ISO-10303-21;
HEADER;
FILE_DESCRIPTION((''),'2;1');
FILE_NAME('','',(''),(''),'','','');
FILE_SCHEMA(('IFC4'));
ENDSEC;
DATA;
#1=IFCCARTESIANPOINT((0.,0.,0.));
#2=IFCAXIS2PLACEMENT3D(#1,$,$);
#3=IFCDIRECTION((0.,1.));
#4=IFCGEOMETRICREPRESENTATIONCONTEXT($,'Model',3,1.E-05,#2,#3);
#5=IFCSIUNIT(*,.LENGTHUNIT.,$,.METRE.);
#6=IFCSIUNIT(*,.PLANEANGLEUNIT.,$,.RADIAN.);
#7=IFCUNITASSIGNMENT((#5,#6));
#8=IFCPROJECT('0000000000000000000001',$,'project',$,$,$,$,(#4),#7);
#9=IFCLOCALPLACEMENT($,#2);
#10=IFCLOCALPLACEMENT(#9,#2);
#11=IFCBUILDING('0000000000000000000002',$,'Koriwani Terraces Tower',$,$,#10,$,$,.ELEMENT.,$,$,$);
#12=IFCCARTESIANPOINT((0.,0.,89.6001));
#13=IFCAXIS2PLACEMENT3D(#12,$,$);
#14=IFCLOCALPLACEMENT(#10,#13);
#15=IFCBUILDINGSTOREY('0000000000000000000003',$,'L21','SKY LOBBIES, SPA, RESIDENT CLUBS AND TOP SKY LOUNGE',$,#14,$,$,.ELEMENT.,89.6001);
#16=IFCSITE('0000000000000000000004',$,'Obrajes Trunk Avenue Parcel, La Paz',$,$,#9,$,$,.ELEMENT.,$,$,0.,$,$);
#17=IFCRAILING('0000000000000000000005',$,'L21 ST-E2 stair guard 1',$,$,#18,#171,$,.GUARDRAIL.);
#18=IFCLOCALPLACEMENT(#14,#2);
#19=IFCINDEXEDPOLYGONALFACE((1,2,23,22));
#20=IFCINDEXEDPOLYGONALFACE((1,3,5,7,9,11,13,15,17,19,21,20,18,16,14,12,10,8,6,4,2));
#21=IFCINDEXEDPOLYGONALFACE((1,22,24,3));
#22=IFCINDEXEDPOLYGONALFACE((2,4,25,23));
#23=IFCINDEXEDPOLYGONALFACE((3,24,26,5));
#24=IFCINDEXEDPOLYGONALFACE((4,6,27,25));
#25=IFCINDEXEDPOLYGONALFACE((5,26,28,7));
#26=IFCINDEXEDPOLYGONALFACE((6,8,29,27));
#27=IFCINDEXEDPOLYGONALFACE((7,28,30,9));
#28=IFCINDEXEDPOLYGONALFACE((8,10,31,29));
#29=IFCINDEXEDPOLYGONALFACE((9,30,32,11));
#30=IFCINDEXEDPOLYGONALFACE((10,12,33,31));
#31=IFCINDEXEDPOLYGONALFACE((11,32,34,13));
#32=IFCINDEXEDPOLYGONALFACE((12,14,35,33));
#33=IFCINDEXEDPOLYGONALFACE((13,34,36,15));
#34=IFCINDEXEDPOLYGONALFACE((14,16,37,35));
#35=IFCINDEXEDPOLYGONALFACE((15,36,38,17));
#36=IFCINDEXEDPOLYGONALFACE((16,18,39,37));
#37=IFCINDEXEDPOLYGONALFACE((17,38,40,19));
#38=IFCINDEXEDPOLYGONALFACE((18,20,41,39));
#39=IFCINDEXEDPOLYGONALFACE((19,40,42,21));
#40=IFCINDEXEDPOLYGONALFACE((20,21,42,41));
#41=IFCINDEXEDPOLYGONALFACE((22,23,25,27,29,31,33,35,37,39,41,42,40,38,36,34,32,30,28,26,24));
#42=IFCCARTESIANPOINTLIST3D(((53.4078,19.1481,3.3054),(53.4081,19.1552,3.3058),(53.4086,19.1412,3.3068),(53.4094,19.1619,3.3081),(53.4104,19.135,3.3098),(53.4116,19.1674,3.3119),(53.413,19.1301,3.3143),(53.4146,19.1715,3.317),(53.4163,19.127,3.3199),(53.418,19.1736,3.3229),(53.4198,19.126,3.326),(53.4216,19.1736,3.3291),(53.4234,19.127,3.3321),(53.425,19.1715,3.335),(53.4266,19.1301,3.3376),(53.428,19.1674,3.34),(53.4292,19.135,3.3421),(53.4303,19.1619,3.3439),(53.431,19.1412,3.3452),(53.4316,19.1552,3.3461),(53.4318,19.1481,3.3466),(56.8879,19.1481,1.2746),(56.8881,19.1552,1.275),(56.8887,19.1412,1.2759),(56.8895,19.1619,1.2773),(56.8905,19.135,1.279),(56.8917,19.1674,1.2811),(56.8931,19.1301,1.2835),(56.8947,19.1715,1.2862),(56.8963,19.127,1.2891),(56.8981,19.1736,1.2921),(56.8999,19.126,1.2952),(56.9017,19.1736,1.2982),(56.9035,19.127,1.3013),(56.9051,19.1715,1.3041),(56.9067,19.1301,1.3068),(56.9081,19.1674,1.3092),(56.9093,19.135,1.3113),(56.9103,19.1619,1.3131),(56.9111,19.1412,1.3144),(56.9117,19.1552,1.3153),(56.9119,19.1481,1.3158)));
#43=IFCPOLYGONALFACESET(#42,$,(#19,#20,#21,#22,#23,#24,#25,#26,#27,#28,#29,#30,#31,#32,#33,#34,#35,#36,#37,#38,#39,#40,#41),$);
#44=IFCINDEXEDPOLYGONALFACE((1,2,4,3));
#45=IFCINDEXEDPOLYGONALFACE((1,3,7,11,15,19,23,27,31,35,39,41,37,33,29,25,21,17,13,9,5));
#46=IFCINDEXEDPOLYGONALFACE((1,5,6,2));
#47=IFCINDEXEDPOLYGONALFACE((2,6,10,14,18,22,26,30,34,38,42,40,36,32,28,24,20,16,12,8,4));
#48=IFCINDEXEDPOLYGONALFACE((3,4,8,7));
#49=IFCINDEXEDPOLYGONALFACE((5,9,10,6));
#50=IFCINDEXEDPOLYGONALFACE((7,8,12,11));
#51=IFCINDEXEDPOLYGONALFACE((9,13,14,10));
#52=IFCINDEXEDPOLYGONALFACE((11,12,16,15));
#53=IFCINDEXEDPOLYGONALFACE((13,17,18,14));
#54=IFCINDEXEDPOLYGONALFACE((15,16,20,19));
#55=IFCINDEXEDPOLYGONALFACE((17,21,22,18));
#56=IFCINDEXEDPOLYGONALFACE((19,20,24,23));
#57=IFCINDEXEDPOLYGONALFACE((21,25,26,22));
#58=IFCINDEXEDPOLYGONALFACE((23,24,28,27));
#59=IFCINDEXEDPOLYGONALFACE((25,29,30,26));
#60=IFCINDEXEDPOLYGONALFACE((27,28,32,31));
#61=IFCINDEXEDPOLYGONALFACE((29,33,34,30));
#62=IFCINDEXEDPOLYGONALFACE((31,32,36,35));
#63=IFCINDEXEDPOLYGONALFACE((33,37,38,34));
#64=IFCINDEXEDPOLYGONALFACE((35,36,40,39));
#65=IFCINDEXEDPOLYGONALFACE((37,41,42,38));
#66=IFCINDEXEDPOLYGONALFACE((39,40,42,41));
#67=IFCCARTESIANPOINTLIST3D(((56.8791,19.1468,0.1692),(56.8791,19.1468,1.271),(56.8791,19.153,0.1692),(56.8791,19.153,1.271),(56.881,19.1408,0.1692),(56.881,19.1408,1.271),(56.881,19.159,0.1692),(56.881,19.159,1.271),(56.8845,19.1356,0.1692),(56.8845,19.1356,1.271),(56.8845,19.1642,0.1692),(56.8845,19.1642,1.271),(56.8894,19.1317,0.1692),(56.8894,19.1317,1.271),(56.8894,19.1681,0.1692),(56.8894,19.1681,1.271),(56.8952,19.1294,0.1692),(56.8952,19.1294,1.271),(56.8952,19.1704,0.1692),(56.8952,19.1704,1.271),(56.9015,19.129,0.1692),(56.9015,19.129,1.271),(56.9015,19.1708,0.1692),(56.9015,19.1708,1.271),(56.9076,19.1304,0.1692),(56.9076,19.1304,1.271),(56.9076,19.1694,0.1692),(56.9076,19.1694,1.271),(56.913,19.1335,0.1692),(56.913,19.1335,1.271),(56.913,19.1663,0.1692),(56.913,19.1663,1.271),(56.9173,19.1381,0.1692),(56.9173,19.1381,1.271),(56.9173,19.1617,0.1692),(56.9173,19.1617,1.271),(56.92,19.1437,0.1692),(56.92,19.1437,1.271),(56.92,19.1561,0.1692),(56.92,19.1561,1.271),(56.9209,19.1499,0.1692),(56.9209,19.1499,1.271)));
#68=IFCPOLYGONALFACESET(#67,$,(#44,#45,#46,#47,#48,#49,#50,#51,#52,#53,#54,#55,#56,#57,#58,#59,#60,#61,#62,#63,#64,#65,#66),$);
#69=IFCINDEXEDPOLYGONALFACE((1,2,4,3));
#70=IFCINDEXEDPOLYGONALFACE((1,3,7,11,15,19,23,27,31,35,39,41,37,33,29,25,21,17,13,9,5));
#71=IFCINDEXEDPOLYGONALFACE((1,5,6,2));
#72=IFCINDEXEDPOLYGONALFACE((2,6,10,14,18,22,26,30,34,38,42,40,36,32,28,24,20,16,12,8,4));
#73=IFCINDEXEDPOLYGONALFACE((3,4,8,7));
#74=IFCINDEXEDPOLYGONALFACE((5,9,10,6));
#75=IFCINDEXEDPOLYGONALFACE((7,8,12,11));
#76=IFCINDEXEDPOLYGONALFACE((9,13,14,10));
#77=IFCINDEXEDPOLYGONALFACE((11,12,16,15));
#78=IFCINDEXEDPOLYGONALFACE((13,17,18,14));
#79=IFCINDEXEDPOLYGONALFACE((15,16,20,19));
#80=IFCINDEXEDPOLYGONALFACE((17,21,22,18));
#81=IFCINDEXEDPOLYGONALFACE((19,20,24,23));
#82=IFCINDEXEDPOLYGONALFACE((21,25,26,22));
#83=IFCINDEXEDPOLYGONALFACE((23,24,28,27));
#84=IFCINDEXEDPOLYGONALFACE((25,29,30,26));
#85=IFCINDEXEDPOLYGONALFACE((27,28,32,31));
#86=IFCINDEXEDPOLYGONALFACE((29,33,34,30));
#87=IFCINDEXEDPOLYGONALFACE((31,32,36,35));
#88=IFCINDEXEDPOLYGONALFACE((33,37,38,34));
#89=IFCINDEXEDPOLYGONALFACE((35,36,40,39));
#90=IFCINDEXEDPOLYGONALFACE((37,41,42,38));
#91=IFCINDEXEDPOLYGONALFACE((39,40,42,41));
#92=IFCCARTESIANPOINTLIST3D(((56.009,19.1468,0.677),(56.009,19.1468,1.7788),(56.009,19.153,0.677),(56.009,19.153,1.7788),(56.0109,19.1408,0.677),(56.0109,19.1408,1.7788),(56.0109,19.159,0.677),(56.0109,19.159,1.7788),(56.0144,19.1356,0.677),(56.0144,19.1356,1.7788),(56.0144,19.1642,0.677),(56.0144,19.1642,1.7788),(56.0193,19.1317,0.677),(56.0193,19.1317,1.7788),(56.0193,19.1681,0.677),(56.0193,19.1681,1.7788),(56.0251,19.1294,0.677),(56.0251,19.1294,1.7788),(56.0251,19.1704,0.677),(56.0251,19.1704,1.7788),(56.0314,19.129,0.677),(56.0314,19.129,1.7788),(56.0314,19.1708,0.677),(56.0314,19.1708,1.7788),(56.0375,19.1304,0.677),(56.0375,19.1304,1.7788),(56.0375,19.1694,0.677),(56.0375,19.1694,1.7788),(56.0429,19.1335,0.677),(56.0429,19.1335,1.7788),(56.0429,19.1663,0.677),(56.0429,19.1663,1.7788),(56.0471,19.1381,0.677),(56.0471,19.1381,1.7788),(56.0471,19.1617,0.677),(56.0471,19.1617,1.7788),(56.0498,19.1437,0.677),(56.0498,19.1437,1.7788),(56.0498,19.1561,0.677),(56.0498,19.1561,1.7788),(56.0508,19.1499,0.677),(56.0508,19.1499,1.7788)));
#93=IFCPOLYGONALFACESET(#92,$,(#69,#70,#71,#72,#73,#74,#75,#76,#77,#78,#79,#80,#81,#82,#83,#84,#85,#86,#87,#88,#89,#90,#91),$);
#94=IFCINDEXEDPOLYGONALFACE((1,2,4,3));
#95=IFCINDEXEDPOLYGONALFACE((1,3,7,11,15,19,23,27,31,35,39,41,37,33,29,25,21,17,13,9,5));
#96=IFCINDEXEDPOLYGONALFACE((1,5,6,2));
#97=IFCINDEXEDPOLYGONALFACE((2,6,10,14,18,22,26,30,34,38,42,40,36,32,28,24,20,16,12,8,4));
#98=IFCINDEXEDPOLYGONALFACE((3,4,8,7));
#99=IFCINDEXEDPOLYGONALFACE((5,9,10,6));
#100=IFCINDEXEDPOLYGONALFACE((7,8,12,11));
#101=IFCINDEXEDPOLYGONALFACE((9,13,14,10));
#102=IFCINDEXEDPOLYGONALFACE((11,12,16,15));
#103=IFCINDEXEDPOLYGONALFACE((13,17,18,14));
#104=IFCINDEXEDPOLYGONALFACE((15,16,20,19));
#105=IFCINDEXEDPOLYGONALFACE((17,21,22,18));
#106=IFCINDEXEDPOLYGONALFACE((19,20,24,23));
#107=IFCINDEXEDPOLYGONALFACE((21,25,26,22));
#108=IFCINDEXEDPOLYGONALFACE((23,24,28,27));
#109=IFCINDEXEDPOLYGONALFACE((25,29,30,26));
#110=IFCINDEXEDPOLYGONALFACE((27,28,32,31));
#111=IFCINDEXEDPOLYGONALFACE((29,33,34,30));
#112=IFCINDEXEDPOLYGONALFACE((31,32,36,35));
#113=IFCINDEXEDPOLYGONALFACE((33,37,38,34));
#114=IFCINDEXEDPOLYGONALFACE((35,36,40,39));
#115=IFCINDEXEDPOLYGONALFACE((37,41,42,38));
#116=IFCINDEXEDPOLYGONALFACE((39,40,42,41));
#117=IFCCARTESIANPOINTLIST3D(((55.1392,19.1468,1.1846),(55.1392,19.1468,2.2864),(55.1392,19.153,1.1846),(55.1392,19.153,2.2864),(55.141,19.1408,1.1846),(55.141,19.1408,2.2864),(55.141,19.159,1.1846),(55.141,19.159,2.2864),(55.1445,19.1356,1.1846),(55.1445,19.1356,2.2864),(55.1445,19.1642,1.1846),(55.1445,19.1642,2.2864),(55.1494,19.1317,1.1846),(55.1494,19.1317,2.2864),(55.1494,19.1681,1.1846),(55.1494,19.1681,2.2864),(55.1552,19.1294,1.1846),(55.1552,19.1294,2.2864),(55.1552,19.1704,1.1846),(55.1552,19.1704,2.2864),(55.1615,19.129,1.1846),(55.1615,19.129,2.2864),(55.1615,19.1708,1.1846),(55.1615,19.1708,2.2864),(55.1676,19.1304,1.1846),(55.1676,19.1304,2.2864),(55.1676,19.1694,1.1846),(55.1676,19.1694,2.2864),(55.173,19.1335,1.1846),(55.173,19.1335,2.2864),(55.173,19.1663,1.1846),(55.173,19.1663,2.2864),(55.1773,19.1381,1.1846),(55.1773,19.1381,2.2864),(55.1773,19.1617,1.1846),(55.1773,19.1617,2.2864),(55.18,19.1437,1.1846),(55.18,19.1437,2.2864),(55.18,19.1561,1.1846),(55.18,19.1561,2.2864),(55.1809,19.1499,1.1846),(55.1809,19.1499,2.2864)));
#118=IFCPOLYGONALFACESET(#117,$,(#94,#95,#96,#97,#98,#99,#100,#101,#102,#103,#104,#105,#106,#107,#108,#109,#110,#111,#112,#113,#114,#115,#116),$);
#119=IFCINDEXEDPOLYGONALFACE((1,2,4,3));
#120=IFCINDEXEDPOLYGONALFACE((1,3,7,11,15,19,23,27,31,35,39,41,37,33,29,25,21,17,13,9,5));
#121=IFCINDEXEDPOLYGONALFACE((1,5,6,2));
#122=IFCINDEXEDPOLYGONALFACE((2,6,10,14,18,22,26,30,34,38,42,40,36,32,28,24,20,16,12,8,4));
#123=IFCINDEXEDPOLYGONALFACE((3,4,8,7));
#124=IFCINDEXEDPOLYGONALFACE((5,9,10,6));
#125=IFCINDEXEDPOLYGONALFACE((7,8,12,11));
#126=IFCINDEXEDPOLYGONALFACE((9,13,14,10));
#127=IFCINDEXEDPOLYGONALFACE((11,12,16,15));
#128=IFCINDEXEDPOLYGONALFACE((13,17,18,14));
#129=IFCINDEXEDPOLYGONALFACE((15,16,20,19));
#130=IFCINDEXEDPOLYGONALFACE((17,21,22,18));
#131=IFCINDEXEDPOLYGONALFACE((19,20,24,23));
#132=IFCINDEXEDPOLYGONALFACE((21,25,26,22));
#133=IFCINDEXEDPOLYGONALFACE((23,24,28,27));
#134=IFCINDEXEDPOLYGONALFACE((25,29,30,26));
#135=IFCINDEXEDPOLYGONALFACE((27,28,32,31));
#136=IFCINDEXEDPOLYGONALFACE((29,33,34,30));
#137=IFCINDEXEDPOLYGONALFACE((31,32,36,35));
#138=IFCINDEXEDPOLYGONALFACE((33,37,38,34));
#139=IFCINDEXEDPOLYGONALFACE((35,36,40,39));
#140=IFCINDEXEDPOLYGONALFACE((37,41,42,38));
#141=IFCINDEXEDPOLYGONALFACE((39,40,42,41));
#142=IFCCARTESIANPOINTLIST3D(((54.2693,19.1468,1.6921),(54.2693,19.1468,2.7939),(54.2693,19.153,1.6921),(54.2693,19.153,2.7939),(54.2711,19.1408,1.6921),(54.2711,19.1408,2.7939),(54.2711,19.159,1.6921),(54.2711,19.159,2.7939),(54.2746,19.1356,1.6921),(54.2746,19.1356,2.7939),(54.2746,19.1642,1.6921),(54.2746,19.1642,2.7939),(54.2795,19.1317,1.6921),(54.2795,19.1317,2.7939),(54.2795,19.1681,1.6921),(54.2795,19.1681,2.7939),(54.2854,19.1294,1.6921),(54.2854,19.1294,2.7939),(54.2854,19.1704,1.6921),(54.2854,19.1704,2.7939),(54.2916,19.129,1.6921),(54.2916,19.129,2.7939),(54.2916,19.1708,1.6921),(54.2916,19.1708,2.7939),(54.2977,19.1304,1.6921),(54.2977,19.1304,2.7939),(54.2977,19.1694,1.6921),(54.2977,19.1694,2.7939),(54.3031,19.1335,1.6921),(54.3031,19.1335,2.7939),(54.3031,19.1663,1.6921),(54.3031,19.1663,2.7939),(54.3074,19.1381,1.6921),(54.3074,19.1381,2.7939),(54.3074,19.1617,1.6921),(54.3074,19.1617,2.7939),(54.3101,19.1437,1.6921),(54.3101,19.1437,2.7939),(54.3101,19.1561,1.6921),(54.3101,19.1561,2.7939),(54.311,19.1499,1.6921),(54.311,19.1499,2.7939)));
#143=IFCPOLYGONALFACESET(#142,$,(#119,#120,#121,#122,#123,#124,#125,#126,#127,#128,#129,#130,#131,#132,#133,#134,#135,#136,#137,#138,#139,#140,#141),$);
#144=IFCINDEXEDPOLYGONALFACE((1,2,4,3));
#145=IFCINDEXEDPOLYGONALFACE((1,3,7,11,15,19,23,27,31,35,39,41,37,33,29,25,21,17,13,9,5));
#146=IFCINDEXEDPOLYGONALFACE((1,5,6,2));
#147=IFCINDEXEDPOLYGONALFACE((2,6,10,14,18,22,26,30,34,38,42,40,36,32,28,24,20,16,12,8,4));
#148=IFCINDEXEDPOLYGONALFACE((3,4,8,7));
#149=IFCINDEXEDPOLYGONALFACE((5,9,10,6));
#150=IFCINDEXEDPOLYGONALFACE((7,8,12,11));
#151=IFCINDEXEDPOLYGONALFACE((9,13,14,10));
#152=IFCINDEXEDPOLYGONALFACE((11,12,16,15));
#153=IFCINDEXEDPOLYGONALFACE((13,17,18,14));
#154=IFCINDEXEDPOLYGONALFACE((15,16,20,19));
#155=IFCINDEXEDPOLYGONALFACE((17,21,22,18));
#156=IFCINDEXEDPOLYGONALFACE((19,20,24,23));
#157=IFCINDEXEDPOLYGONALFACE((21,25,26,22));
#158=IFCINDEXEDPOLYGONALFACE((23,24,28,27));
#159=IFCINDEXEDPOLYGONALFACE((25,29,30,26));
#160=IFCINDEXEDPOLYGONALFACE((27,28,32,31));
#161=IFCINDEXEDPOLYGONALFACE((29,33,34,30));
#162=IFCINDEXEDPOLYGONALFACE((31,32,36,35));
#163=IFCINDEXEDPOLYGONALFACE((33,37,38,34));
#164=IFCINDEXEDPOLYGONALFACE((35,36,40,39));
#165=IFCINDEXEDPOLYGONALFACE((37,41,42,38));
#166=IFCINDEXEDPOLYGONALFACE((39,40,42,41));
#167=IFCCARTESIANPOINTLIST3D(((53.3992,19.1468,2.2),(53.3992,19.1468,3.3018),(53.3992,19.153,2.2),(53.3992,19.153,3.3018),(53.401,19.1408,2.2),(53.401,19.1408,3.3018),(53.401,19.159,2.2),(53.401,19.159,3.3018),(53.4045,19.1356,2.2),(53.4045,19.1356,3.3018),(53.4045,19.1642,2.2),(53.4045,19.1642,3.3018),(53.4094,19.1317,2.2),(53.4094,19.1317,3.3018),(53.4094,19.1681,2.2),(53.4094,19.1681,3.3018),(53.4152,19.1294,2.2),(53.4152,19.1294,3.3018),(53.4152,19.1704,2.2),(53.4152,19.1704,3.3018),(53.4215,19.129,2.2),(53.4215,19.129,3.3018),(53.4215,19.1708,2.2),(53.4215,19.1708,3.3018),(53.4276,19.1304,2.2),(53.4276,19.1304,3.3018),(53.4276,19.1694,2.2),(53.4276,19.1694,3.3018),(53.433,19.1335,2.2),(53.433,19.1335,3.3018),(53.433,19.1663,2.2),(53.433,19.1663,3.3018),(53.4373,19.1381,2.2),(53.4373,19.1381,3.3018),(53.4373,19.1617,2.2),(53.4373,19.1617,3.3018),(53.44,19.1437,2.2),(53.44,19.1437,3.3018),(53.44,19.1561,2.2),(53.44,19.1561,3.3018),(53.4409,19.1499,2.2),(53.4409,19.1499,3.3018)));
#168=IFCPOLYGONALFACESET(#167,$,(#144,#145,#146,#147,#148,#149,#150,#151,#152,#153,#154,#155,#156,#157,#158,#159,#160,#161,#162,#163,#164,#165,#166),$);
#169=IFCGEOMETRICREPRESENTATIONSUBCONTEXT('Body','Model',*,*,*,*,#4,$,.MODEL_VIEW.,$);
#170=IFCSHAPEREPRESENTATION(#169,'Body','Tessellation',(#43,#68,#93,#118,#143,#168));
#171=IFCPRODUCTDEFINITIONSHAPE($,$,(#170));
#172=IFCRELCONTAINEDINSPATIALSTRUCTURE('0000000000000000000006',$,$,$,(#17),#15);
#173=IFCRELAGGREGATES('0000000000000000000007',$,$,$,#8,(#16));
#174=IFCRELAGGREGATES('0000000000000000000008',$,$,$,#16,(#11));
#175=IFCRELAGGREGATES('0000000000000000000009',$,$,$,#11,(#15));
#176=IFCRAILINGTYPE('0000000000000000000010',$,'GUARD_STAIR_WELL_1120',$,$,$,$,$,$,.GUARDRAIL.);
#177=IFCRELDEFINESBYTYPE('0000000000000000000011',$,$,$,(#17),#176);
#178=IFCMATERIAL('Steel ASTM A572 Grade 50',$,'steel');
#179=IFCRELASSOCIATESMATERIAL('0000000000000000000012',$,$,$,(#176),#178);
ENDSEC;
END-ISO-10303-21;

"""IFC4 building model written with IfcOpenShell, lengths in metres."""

from ifc_helpers import new_model, si_unit, direction, frame, origin, origin_2d, place, context, subcontext, project, spatial, circle, extrude, material, type_object, element, save


model = new_model("IFC4")

# Units and contexts
model_context = context("Model", 3, precision=1e-05, world=origin(), true_north=direction((0.0, 1.0)))
body_context = subcontext(model_context, "Body", "Model", "MODEL_VIEW")
ifc_project = project(units=[si_unit("LENGTHUNIT", "METRE"), si_unit("PLANEANGLEUNIT", "RADIAN")], contexts=[model_context])

# Site, building, storey
site_placement = place(None, origin())
site = spatial("IfcSite", under=ifc_project, at=site_placement, Name="Obrajes Trunk Avenue Parcel, La Paz", CompositionType="ELEMENT", RefElevation=0.0)
building_placement = place(site_placement, origin())
building = spatial("IfcBuilding", under=site, at=building_placement, Name="Koriwani Terraces Tower", CompositionType="ELEMENT")
storey_placement = place(building_placement, frame((0.0, 0.0, 89.6001)))
storey = spatial("IfcBuildingStorey", under=building, at=storey_placement, Name="L21", Description="SKY LOBBIES, SPA, RESIDENT CLUBS AND TOP SKY LOUNGE", CompositionType="ELEMENT", Elevation=89.6001)

# Shared definitions
ifc_material_1 = material(Name="Steel ASTM A572 Grade 50", Category="steel")

# Railing
railing_type_1 = type_object("IfcRailingType", Name="GUARD_STAIR_WELL_1120", PredefinedType="GUARDRAIL", material=ifc_material_1)
railing_1_placement = place(storey_placement, frame((56.8999, 19.1499, 0.1692)))
element("IfcRailing", 1, at=railing_1_placement, inside=storey, type_object=railing_type_1, Name="L21 ST-E2 stair guard 1", PredefinedType="GUARDRAIL", context=body_context, shape_type="SweptSolid", body=[
    extrude(circle(Radius=0.0239, at=origin_2d()), frame((0.0, 0.0, 1.126), z_axis=(-0.863695, 0.0, 0.504014), x_axis=(0.0, -1.0, 0.0)), (0.0, 0.0, 1.0), 4.0293),
    extrude(circle(Radius=0.021, at=origin_2d()), origin(), (0.0, 0.0, 1.0), 1.1018),
    extrude(circle(Radius=0.021, at=origin_2d()), frame((-0.8701, 0.0, 0.5078)), (0.0, 0.0, 1.0), 1.1018),
    extrude(circle(Radius=0.021, at=origin_2d()), frame((-1.74, 0.0, 1.0154)), (0.0, 0.0, 1.0), 1.1018),
    extrude(circle(Radius=0.021, at=origin_2d()), frame((-2.6099, 0.0, 1.5229)), (0.0, 0.0, 1.0), 1.1018),
    extrude(circle(Radius=0.021, at=origin_2d()), frame((-3.48, 0.0, 2.0308)), (0.0, 0.0, 1.0), 1.1018),
])

save(model, "model.ifc")
